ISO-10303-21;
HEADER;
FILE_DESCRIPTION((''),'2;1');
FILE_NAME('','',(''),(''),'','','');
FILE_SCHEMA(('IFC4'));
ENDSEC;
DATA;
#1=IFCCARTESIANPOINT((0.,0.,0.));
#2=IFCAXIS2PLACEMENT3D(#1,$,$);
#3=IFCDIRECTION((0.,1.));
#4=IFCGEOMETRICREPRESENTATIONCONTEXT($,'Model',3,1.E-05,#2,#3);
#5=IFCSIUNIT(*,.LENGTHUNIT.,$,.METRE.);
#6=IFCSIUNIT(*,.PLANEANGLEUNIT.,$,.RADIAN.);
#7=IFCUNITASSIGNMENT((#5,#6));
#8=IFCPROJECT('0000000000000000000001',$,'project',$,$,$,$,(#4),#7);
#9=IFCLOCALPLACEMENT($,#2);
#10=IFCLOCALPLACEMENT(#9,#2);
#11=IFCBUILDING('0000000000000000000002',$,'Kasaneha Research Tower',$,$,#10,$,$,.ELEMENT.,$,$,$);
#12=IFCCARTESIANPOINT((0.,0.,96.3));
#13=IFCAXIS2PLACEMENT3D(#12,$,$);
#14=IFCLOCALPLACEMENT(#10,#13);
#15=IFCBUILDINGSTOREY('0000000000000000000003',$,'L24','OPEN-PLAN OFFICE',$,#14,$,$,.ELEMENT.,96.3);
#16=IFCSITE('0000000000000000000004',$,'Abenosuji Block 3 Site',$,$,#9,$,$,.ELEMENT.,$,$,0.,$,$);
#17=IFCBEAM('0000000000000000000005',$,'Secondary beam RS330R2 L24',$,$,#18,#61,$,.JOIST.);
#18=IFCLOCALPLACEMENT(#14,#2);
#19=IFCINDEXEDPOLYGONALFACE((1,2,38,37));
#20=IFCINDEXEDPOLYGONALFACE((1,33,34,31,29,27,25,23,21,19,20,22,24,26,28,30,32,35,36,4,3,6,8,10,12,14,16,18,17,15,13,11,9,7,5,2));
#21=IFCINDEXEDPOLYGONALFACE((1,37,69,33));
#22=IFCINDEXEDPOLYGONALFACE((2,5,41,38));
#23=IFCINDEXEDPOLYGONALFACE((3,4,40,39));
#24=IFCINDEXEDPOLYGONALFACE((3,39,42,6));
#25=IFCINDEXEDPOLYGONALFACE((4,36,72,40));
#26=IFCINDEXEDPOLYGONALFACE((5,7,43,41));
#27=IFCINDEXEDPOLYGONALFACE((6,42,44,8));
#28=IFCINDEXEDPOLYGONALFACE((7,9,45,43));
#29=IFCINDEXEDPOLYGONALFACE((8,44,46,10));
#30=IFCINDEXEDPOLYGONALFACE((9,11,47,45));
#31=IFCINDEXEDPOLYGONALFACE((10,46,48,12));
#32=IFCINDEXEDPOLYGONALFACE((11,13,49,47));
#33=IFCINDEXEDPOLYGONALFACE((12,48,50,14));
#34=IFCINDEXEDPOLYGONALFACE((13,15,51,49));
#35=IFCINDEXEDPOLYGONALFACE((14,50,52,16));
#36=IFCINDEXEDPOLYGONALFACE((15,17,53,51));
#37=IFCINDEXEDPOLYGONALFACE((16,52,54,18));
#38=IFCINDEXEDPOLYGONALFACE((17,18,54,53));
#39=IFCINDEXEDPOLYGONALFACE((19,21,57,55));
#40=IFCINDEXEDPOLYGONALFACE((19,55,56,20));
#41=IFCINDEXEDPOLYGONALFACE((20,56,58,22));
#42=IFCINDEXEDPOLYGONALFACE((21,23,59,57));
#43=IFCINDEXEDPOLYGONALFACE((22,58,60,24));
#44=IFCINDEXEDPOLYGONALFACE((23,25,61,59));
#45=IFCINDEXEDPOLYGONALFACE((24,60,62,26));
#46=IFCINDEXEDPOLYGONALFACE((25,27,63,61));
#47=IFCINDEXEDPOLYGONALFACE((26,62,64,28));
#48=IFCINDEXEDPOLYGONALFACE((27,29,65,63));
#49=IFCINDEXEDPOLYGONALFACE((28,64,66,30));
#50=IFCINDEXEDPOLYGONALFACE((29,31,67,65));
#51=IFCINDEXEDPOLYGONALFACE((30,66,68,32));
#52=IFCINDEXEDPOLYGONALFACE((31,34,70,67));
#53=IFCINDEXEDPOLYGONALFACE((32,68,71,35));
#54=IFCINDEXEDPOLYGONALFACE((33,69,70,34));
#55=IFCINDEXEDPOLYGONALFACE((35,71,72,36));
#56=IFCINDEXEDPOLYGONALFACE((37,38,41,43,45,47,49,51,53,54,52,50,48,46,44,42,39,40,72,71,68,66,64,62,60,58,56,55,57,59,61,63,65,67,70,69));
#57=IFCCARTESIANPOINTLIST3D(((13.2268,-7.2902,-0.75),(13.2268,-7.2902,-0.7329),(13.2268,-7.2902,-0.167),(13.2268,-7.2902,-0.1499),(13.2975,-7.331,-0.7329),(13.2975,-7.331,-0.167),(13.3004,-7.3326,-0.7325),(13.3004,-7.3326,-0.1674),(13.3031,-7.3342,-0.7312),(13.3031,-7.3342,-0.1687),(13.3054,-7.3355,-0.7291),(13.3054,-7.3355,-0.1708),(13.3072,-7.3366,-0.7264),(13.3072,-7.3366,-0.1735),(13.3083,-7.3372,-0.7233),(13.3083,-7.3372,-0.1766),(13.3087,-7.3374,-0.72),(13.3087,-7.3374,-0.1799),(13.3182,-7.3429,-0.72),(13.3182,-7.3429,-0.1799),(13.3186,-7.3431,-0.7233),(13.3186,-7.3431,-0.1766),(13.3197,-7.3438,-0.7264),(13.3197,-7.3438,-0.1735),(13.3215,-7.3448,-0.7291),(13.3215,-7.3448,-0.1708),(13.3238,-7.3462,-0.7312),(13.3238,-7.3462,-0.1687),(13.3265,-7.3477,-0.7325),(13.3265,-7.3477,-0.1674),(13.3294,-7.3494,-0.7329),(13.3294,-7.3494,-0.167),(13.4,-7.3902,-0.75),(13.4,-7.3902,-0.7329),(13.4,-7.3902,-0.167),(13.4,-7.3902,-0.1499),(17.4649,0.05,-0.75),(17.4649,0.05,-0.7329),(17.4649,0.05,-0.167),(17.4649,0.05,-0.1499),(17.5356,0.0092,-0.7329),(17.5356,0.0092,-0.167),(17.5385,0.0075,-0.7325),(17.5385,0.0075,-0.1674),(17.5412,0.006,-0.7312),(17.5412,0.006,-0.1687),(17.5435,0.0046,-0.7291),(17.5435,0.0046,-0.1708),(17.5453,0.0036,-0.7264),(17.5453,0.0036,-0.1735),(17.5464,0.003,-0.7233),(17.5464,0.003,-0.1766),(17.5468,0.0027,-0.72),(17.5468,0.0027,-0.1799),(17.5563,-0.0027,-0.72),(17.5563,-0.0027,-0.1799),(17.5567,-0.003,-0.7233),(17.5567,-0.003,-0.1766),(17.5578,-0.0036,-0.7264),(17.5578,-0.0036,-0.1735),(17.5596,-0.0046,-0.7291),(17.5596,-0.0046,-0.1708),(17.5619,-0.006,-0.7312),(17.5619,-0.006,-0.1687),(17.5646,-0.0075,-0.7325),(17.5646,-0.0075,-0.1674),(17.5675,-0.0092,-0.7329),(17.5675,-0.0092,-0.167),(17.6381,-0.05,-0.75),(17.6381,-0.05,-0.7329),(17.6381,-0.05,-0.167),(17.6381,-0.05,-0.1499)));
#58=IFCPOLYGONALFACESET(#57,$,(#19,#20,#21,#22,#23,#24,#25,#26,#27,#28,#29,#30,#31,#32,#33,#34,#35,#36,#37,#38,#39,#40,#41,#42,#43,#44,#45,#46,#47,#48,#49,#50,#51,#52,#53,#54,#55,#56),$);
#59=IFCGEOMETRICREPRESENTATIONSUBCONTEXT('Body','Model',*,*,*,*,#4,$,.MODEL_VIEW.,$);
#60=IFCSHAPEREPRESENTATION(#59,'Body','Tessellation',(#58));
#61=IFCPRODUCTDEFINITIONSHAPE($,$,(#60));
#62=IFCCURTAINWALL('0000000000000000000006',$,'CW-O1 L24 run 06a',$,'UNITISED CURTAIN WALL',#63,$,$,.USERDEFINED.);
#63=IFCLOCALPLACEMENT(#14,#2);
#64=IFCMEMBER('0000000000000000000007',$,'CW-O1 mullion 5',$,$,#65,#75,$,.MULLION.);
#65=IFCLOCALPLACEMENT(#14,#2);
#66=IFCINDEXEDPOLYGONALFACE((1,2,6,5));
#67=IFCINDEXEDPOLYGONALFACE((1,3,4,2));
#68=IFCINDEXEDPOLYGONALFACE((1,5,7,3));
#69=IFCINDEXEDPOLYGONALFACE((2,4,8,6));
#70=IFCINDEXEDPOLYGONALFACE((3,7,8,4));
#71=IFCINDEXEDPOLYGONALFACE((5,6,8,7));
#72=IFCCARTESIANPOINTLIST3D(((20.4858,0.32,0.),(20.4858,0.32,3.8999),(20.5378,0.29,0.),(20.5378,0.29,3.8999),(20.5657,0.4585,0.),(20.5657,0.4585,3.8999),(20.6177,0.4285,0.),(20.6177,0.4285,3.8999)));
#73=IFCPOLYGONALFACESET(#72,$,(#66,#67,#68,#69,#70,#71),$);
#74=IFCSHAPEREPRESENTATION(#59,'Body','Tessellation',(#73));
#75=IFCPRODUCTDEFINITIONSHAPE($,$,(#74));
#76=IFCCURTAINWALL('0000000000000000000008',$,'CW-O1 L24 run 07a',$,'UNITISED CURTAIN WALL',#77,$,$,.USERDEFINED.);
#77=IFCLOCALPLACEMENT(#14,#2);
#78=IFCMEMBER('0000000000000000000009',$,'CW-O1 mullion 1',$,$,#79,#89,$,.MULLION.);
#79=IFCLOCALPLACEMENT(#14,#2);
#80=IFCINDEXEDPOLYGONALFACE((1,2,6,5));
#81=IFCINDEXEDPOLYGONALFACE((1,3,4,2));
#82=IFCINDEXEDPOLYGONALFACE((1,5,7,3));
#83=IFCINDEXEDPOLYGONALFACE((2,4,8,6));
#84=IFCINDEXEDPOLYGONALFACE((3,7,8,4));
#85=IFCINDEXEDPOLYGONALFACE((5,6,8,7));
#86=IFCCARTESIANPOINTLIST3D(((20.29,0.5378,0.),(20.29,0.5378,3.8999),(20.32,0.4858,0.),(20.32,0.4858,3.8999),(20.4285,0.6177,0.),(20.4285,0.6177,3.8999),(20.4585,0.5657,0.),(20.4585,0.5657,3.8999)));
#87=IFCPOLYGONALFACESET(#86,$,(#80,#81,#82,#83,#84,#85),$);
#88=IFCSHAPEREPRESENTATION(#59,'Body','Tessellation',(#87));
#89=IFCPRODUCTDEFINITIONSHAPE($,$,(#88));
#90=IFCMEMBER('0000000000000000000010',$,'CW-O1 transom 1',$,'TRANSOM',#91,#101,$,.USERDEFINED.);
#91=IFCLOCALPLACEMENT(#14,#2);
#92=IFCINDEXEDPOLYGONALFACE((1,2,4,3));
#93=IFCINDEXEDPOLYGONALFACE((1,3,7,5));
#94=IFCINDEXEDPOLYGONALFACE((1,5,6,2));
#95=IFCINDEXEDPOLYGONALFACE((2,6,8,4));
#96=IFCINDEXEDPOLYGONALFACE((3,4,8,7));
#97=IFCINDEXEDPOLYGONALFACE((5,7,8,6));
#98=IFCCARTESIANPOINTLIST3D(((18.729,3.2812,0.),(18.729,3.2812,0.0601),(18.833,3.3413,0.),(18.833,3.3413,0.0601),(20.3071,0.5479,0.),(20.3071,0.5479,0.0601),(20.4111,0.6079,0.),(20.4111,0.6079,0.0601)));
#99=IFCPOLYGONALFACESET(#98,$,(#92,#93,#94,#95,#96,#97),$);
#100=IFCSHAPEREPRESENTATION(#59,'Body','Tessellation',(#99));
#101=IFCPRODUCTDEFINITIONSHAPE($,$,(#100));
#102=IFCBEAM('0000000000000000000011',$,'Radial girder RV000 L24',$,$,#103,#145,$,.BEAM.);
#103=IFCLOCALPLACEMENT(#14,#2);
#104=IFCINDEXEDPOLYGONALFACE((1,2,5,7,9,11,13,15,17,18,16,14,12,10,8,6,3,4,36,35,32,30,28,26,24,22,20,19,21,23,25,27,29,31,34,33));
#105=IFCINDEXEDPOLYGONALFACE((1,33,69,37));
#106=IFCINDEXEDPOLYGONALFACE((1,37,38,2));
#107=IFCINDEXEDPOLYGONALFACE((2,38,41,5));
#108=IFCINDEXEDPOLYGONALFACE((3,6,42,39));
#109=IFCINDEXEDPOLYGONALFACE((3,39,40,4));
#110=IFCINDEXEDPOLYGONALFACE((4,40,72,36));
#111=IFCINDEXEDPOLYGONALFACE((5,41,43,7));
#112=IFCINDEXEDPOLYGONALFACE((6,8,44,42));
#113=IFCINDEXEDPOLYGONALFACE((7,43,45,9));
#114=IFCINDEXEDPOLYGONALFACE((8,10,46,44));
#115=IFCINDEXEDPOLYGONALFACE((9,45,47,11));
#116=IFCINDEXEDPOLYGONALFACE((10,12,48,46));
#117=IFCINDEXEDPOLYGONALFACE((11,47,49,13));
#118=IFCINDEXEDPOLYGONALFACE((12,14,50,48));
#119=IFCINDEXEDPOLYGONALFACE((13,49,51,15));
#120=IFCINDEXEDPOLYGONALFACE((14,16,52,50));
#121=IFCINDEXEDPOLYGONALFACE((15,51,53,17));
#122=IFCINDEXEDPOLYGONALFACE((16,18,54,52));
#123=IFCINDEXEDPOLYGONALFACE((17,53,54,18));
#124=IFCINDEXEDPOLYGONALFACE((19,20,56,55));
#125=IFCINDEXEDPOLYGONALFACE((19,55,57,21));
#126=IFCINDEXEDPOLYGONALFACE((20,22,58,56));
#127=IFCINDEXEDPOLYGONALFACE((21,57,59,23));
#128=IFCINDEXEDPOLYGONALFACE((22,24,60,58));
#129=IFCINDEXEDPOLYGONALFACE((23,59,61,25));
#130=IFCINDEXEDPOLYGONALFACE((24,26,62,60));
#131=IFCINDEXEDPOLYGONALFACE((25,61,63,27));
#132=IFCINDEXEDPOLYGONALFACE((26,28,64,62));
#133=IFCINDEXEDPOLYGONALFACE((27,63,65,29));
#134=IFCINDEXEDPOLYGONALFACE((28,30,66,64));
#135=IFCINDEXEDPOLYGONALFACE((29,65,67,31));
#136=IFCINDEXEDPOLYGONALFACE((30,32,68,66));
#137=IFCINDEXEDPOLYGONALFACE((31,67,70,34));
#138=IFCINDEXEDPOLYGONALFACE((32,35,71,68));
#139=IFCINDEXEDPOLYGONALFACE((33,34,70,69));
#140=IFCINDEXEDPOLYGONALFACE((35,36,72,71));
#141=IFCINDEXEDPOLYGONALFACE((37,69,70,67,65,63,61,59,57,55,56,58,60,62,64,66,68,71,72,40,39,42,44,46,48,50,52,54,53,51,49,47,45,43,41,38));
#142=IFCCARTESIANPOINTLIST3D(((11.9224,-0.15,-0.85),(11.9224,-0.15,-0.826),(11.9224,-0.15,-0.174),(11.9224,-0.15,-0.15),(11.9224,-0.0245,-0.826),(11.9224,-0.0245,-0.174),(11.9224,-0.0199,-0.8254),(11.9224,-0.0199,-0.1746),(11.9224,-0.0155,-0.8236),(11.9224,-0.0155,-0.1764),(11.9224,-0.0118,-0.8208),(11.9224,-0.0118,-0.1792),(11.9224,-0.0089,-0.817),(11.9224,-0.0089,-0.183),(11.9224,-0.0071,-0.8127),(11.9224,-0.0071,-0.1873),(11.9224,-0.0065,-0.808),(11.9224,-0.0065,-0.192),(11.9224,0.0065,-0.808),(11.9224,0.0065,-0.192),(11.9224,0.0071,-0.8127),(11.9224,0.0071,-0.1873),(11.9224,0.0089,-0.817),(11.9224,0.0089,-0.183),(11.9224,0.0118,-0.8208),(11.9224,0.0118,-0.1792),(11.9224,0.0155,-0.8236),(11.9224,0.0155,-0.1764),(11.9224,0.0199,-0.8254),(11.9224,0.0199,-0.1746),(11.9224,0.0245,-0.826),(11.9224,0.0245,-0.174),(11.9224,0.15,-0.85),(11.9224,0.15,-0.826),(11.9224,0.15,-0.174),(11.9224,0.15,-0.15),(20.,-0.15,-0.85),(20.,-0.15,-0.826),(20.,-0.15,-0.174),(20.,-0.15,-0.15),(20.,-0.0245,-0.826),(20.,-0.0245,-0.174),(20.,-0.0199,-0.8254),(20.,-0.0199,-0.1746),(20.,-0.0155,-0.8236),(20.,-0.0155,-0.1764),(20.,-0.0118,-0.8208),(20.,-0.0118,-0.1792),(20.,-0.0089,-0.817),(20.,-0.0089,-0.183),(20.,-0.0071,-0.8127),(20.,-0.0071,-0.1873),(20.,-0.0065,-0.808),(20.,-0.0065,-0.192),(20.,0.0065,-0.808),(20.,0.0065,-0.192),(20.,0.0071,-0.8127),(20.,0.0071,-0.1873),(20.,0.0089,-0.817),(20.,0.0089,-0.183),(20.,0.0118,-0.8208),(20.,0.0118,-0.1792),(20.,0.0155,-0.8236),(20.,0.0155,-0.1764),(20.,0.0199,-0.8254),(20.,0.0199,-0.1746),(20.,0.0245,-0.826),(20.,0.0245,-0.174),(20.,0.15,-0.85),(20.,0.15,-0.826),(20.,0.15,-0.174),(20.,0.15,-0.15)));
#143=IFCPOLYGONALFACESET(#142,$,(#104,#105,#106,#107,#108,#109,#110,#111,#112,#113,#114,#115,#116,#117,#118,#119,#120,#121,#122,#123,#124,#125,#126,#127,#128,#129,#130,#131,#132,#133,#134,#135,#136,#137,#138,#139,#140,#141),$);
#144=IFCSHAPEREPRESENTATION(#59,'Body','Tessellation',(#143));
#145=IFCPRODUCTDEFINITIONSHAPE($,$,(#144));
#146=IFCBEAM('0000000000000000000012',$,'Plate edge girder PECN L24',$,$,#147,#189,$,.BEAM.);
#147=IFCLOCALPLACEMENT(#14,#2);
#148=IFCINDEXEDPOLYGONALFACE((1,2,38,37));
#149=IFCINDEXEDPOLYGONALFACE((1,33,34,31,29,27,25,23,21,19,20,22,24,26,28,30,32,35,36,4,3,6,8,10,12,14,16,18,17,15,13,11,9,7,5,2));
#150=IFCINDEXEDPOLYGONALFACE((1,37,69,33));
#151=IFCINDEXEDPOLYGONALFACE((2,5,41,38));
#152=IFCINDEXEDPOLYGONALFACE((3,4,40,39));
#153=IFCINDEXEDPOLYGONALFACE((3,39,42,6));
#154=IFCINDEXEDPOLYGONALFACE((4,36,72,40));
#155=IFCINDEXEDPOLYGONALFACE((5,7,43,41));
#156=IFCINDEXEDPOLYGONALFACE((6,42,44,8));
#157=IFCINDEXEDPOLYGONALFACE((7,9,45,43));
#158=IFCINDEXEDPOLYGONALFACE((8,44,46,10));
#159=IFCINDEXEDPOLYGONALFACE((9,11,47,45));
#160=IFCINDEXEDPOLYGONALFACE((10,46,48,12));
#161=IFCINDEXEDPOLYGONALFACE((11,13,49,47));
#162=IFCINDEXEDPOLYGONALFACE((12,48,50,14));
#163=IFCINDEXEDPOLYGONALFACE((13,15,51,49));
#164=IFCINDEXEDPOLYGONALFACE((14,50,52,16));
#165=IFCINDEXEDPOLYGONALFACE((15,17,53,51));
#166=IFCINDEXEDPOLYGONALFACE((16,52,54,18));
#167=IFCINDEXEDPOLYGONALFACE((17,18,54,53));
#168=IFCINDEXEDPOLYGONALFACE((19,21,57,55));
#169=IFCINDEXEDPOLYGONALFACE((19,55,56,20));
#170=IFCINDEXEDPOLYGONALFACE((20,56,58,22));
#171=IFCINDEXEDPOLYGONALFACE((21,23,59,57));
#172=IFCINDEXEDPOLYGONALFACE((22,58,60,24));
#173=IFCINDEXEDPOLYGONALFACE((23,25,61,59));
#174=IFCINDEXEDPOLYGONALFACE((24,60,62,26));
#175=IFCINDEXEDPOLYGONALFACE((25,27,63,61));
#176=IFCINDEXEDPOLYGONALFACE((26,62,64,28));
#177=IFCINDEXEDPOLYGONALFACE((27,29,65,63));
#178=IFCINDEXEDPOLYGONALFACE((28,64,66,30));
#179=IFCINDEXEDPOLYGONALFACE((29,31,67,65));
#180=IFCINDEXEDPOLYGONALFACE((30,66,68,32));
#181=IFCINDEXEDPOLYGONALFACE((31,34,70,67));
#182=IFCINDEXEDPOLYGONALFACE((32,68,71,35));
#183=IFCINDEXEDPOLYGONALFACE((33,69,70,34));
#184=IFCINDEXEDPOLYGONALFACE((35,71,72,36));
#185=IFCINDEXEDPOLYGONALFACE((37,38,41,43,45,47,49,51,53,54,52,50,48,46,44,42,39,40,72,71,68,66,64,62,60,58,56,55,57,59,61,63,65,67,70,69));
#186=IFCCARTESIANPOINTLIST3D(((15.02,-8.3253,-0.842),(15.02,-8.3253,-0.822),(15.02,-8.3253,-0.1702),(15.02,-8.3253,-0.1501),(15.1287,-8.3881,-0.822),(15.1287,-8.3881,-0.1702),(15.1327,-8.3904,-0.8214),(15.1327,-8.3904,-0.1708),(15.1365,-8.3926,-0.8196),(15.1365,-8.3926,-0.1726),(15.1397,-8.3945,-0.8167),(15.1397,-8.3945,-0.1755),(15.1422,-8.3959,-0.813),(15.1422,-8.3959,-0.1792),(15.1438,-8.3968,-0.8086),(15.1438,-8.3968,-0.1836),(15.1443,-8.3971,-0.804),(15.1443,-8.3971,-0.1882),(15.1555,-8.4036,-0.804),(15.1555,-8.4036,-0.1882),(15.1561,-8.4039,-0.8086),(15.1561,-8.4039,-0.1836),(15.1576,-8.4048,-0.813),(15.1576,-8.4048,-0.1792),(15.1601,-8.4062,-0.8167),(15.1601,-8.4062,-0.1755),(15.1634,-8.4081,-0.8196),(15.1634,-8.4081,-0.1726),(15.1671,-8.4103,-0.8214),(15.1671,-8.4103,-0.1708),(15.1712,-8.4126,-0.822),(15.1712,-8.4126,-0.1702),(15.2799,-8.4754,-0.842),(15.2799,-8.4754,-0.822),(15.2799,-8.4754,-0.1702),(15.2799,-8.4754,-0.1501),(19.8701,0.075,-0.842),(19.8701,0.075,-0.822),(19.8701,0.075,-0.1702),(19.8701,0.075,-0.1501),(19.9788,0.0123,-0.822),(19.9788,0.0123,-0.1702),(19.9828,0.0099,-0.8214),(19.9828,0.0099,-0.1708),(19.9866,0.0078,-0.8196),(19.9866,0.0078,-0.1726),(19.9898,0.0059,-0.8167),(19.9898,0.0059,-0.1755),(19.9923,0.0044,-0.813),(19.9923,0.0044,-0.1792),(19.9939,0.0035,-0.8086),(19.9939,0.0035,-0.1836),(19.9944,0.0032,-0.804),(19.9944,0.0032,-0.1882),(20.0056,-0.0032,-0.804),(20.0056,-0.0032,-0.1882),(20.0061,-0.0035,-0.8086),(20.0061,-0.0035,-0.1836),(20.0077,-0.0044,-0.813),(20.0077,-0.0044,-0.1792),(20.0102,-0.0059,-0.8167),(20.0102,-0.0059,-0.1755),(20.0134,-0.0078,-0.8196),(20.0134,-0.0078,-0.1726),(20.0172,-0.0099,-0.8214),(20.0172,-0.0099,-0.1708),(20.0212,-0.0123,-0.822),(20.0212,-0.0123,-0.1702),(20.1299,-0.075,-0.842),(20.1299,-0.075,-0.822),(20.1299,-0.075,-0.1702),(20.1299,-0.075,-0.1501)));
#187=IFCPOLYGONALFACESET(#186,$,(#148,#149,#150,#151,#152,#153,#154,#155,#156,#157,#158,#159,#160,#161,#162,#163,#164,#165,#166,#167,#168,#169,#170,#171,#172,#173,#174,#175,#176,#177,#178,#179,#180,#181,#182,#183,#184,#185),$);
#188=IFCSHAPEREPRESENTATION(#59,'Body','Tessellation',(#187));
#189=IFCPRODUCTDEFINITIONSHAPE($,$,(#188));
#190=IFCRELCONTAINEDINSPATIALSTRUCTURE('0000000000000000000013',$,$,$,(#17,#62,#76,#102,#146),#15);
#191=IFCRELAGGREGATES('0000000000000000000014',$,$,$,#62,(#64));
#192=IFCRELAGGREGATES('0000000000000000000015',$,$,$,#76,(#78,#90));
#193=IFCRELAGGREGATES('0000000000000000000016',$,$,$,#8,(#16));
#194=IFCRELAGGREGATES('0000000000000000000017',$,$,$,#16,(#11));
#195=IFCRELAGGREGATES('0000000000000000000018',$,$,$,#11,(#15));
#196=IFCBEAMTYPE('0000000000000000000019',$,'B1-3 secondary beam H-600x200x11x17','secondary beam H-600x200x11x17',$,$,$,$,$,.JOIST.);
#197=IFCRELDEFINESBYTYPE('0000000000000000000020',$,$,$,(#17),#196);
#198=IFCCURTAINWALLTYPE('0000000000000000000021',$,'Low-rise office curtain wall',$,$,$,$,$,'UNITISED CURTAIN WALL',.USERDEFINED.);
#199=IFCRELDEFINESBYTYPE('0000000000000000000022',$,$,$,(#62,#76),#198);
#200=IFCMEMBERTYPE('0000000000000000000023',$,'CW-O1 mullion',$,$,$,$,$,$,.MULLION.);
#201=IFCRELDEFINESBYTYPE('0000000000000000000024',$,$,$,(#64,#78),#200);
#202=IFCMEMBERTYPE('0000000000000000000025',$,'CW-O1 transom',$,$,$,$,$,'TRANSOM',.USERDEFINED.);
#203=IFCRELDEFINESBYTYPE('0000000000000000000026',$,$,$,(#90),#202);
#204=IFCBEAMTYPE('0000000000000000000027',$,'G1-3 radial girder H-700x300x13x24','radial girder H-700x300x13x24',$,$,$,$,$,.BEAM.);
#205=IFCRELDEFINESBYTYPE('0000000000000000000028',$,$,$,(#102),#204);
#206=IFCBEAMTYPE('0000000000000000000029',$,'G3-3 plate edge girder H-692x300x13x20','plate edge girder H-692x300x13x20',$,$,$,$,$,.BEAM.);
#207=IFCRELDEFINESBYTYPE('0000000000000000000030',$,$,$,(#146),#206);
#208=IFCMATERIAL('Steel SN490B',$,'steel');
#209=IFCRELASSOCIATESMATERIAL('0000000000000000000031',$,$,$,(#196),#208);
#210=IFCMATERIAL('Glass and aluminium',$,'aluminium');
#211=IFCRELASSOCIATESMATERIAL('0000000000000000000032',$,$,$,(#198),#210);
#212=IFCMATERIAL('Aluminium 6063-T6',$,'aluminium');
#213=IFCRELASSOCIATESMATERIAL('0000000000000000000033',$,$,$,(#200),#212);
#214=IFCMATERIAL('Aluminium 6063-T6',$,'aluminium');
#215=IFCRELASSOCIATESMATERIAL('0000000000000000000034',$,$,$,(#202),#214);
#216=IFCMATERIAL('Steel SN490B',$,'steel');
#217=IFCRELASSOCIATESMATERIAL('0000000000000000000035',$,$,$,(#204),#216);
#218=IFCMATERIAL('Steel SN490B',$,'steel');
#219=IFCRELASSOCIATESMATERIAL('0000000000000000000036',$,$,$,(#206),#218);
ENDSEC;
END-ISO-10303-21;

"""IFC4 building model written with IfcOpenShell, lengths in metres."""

from ifc_helpers import new_model, si_unit, direction, frame, origin, origin_2d, place, context, subcontext, project, spatial, rectangle, i_section, extrude, material, material_profile, profile_set, type_object, element, aggregate, save


model = new_model("IFC4")

# Units and contexts
model_context = context("Model", 3, precision=1e-05, world=origin(), true_north=direction((0.0, 1.0)))
body_context = subcontext(model_context, "Body", "Model", "MODEL_VIEW")
ifc_project = project(units=[si_unit("LENGTHUNIT", "METRE"), si_unit("PLANEANGLEUNIT", "RADIAN")], contexts=[model_context])

# Site, building, storey
site_placement = place(None, origin())
site = spatial("IfcSite", under=ifc_project, at=site_placement, Name="Abenosuji Block 3 Site", CompositionType="ELEMENT", RefElevation=0.0)
building_placement = place(site_placement, origin())
building = spatial("IfcBuilding", under=site, at=building_placement, Name="Kasaneha Research Tower", CompositionType="ELEMENT")
storey_placement = place(building_placement, frame((0.0, 0.0, 96.3)))
storey = spatial("IfcBuildingStorey", under=building, at=storey_placement, Name="L24", Description="OPEN-PLAN OFFICE", CompositionType="ELEMENT", Elevation=96.3)

# Beam
ifc_material_1 = material(Name="Steel SN490B", Category="steel")
ifc_material_profile_1 = material_profile(ifc_material_1, i_section(OverallWidth=0.2, OverallDepth=0.6001, WebThickness=0.011, FlangeThickness=0.0171, FilletRadius=0.0129, at=origin_2d()), Name="H-600x200x11x17")
ifc_profile_set_1 = profile_set([ifc_material_profile_1], Name="Steel SN490B")
beam_type_1 = type_object("IfcBeamType", Name="B1-3 secondary beam H-600x200x11x17", Description="secondary beam H-600x200x11x17", PredefinedType="JOIST", material=ifc_profile_set_1)
beam_1_placement = place(storey_placement, frame((17.5515, 0.0, -0.45), z_axis=(-0.500021, -0.866013, 0.0), x_axis=(0.866013, -0.500021, 0.0)))
element("IfcBeam", 1, at=beam_1_placement, inside=storey, type_object=beam_type_1, Name="Secondary beam RS330R2 L24", PredefinedType="JOIST", context=body_context, shape_type="SweptSolid", body=[
    extrude(i_section(OverallWidth=0.2, OverallDepth=0.6001, WebThickness=0.011, FlangeThickness=0.0171, FilletRadius=0.0129, at=origin_2d()), origin(), (0.0, 0.0, 1.0), 8.4758),
])

# Curtain wall, member
ifc_material_2 = material(Name="Glass and aluminium", Category="aluminium")
curtain_wall_type = type_object("IfcCurtainWallType", Name="Low-rise office curtain wall", ElementType="UNITISED CURTAIN WALL", PredefinedType="USERDEFINED", material=ifc_material_2)
curtain_wall_1_placement = place(storey_placement, origin())
curtain_wall_1 = element("IfcCurtainWall", 2, at=curtain_wall_1_placement, inside=storey, type_object=curtain_wall_type, Name="CW-O1 L24 run 06a", ObjectType="UNITISED CURTAIN WALL", PredefinedType="USERDEFINED")
ifc_material_3 = material(Name="Aluminium 6063-T6", Category="aluminium")
ifc_material_profile_2 = material_profile(ifc_material_3, rectangle(XDim=0.0601, YDim=0.1599, at=origin_2d()), Name="CW-O1 mullion 60x160")
ifc_profile_set_2 = profile_set([ifc_material_profile_2], Name="Aluminium 6063-T6")
member_type_1 = type_object("IfcMemberType", Name="CW-O1 mullion", PredefinedType="MULLION", material=ifc_profile_set_2)
member_1_placement = place(storey_placement, frame((20.5518, 0.3743, 0.0), z_axis=(0.0, 0.0, 1.0), x_axis=(-0.866025, 0.5, 0.0)))
member_1 = element("IfcMember", 3, at=member_1_placement, type_object=member_type_1, Name="CW-O1 mullion 5", PredefinedType="MULLION", context=body_context, shape_type="SweptSolid", body=[
    extrude(rectangle(XDim=0.0601, YDim=0.1599, at=origin_2d()), origin(), (0.0, 0.0, 1.0), 3.8999),
])
aggregate(curtain_wall_1, [member_1])

# Curtain wall, members
curtain_wall_2_placement = place(storey_placement, origin())
curtain_wall_2 = element("IfcCurtainWall", 4, at=curtain_wall_2_placement, inside=storey, type_object=curtain_wall_type, Name="CW-O1 L24 run 07a", ObjectType="UNITISED CURTAIN WALL", PredefinedType="USERDEFINED")
member_2_placement = place(storey_placement, frame((20.3743, 0.5518, 0.0), z_axis=(0.0, 0.0, 1.0), x_axis=(-0.5, 0.866025, 0.0)))
member_2 = element("IfcMember", 5, at=member_2_placement, type_object=member_type_1, Name="CW-O1 mullion 1", PredefinedType="MULLION", context=body_context, shape_type="SweptSolid", body=[
    extrude(rectangle(XDim=0.0601, YDim=0.1599, at=origin_2d()), origin(), (0.0, 0.0, 1.0), 3.8999),
])
ifc_material_4 = material(Name="Aluminium 6063-T6", Category="aluminium")
ifc_material_profile_3 = material_profile(ifc_material_4, rectangle(XDim=0.1201, YDim=0.0601, at=origin_2d()), Name="CW-O1 transom 120x60")
ifc_profile_set_3 = profile_set([ifc_material_profile_3], Name="Aluminium 6063-T6")
member_type_2 = type_object("IfcMemberType", Name="CW-O1 transom", ElementType="TRANSOM", PredefinedType="USERDEFINED", material=ifc_profile_set_3)
member_3_placement = place(storey_placement, frame((20.3591, 0.5779, 0.03), z_axis=(-0.499999, 0.866026, 0.0), x_axis=(-0.866026, -0.499999, 0.0)))
member_3 = element("IfcMember", 6, at=member_3_placement, type_object=member_type_2, Name="CW-O1 transom 1", ObjectType="TRANSOM", PredefinedType="USERDEFINED", context=body_context, shape_type="SweptSolid", body=[
    extrude(rectangle(XDim=0.1201, YDim=0.0601, at=origin_2d()), origin(), (0.0, 0.0, 1.0), 3.1562),
])

# Beams
ifc_material_5 = material(Name="Steel SN490B", Category="steel")
ifc_material_profile_4 = material_profile(ifc_material_5, i_section(OverallWidth=0.3, OverallDepth=0.7, WebThickness=0.0129, FlangeThickness=0.0239, FilletRadius=0.0181, at=origin_2d()), Name="H-700x300x13x24")
ifc_profile_set_4 = profile_set([ifc_material_profile_4], Name="Steel SN490B")
beam_type_2 = type_object("IfcBeamType", Name="G1-3 radial girder H-700x300x13x24", Description="radial girder H-700x300x13x24", PredefinedType="BEAM", material=ifc_profile_set_4)
beam_2_placement = place(storey_placement, frame((11.9224, 0.0, -0.5), z_axis=(1.0, 0.0, 0.0), x_axis=(0.0, 1.0, 0.0)))
element("IfcBeam", 7, at=beam_2_placement, inside=storey, type_object=beam_type_2, Name="Radial girder RV000 L24", PredefinedType="BEAM", context=body_context, shape_type="SweptSolid", body=[
    extrude(i_section(OverallWidth=0.3, OverallDepth=0.7, WebThickness=0.0129, FlangeThickness=0.0239, FilletRadius=0.0181, at=origin_2d()), origin(), (0.0, 0.0, 1.0), 8.0776),
])
ifc_material_6 = material(Name="Steel SN490B", Category="steel")
ifc_material_profile_5 = material_profile(ifc_material_6, i_section(OverallWidth=0.3, OverallDepth=0.6919, WebThickness=0.0129, FlangeThickness=0.02, FilletRadius=0.0181, at=origin_2d()), Name="H-692x300x13x20")
ifc_profile_set_5 = profile_set([ifc_material_profile_5], Name="Steel SN490B")
beam_type_3 = type_object("IfcBeamType", Name="G3-3 plate edge girder H-692x300x13x20", Description="plate edge girder H-692x300x13x20", PredefinedType="BEAM", material=ifc_profile_set_5)
beam_3_placement = place(storey_placement, frame((20.0, 0.0, -0.4961), z_axis=(-0.50001, -0.86602, 0.0), x_axis=(0.86602, -0.50001, 0.0)))
element("IfcBeam", 8, at=beam_3_placement, inside=storey, type_object=beam_type_3, Name="Plate edge girder PECN L24", PredefinedType="BEAM", context=body_context, shape_type="SweptSolid", body=[
    extrude(i_section(OverallWidth=0.3, OverallDepth=0.6919, WebThickness=0.0129, FlangeThickness=0.02, FilletRadius=0.0181, at=origin_2d()), origin(), (0.0, 0.0, 1.0), 9.7),
])

aggregate(curtain_wall_2, [member_2, member_3])

save(model, "model.ifc")
